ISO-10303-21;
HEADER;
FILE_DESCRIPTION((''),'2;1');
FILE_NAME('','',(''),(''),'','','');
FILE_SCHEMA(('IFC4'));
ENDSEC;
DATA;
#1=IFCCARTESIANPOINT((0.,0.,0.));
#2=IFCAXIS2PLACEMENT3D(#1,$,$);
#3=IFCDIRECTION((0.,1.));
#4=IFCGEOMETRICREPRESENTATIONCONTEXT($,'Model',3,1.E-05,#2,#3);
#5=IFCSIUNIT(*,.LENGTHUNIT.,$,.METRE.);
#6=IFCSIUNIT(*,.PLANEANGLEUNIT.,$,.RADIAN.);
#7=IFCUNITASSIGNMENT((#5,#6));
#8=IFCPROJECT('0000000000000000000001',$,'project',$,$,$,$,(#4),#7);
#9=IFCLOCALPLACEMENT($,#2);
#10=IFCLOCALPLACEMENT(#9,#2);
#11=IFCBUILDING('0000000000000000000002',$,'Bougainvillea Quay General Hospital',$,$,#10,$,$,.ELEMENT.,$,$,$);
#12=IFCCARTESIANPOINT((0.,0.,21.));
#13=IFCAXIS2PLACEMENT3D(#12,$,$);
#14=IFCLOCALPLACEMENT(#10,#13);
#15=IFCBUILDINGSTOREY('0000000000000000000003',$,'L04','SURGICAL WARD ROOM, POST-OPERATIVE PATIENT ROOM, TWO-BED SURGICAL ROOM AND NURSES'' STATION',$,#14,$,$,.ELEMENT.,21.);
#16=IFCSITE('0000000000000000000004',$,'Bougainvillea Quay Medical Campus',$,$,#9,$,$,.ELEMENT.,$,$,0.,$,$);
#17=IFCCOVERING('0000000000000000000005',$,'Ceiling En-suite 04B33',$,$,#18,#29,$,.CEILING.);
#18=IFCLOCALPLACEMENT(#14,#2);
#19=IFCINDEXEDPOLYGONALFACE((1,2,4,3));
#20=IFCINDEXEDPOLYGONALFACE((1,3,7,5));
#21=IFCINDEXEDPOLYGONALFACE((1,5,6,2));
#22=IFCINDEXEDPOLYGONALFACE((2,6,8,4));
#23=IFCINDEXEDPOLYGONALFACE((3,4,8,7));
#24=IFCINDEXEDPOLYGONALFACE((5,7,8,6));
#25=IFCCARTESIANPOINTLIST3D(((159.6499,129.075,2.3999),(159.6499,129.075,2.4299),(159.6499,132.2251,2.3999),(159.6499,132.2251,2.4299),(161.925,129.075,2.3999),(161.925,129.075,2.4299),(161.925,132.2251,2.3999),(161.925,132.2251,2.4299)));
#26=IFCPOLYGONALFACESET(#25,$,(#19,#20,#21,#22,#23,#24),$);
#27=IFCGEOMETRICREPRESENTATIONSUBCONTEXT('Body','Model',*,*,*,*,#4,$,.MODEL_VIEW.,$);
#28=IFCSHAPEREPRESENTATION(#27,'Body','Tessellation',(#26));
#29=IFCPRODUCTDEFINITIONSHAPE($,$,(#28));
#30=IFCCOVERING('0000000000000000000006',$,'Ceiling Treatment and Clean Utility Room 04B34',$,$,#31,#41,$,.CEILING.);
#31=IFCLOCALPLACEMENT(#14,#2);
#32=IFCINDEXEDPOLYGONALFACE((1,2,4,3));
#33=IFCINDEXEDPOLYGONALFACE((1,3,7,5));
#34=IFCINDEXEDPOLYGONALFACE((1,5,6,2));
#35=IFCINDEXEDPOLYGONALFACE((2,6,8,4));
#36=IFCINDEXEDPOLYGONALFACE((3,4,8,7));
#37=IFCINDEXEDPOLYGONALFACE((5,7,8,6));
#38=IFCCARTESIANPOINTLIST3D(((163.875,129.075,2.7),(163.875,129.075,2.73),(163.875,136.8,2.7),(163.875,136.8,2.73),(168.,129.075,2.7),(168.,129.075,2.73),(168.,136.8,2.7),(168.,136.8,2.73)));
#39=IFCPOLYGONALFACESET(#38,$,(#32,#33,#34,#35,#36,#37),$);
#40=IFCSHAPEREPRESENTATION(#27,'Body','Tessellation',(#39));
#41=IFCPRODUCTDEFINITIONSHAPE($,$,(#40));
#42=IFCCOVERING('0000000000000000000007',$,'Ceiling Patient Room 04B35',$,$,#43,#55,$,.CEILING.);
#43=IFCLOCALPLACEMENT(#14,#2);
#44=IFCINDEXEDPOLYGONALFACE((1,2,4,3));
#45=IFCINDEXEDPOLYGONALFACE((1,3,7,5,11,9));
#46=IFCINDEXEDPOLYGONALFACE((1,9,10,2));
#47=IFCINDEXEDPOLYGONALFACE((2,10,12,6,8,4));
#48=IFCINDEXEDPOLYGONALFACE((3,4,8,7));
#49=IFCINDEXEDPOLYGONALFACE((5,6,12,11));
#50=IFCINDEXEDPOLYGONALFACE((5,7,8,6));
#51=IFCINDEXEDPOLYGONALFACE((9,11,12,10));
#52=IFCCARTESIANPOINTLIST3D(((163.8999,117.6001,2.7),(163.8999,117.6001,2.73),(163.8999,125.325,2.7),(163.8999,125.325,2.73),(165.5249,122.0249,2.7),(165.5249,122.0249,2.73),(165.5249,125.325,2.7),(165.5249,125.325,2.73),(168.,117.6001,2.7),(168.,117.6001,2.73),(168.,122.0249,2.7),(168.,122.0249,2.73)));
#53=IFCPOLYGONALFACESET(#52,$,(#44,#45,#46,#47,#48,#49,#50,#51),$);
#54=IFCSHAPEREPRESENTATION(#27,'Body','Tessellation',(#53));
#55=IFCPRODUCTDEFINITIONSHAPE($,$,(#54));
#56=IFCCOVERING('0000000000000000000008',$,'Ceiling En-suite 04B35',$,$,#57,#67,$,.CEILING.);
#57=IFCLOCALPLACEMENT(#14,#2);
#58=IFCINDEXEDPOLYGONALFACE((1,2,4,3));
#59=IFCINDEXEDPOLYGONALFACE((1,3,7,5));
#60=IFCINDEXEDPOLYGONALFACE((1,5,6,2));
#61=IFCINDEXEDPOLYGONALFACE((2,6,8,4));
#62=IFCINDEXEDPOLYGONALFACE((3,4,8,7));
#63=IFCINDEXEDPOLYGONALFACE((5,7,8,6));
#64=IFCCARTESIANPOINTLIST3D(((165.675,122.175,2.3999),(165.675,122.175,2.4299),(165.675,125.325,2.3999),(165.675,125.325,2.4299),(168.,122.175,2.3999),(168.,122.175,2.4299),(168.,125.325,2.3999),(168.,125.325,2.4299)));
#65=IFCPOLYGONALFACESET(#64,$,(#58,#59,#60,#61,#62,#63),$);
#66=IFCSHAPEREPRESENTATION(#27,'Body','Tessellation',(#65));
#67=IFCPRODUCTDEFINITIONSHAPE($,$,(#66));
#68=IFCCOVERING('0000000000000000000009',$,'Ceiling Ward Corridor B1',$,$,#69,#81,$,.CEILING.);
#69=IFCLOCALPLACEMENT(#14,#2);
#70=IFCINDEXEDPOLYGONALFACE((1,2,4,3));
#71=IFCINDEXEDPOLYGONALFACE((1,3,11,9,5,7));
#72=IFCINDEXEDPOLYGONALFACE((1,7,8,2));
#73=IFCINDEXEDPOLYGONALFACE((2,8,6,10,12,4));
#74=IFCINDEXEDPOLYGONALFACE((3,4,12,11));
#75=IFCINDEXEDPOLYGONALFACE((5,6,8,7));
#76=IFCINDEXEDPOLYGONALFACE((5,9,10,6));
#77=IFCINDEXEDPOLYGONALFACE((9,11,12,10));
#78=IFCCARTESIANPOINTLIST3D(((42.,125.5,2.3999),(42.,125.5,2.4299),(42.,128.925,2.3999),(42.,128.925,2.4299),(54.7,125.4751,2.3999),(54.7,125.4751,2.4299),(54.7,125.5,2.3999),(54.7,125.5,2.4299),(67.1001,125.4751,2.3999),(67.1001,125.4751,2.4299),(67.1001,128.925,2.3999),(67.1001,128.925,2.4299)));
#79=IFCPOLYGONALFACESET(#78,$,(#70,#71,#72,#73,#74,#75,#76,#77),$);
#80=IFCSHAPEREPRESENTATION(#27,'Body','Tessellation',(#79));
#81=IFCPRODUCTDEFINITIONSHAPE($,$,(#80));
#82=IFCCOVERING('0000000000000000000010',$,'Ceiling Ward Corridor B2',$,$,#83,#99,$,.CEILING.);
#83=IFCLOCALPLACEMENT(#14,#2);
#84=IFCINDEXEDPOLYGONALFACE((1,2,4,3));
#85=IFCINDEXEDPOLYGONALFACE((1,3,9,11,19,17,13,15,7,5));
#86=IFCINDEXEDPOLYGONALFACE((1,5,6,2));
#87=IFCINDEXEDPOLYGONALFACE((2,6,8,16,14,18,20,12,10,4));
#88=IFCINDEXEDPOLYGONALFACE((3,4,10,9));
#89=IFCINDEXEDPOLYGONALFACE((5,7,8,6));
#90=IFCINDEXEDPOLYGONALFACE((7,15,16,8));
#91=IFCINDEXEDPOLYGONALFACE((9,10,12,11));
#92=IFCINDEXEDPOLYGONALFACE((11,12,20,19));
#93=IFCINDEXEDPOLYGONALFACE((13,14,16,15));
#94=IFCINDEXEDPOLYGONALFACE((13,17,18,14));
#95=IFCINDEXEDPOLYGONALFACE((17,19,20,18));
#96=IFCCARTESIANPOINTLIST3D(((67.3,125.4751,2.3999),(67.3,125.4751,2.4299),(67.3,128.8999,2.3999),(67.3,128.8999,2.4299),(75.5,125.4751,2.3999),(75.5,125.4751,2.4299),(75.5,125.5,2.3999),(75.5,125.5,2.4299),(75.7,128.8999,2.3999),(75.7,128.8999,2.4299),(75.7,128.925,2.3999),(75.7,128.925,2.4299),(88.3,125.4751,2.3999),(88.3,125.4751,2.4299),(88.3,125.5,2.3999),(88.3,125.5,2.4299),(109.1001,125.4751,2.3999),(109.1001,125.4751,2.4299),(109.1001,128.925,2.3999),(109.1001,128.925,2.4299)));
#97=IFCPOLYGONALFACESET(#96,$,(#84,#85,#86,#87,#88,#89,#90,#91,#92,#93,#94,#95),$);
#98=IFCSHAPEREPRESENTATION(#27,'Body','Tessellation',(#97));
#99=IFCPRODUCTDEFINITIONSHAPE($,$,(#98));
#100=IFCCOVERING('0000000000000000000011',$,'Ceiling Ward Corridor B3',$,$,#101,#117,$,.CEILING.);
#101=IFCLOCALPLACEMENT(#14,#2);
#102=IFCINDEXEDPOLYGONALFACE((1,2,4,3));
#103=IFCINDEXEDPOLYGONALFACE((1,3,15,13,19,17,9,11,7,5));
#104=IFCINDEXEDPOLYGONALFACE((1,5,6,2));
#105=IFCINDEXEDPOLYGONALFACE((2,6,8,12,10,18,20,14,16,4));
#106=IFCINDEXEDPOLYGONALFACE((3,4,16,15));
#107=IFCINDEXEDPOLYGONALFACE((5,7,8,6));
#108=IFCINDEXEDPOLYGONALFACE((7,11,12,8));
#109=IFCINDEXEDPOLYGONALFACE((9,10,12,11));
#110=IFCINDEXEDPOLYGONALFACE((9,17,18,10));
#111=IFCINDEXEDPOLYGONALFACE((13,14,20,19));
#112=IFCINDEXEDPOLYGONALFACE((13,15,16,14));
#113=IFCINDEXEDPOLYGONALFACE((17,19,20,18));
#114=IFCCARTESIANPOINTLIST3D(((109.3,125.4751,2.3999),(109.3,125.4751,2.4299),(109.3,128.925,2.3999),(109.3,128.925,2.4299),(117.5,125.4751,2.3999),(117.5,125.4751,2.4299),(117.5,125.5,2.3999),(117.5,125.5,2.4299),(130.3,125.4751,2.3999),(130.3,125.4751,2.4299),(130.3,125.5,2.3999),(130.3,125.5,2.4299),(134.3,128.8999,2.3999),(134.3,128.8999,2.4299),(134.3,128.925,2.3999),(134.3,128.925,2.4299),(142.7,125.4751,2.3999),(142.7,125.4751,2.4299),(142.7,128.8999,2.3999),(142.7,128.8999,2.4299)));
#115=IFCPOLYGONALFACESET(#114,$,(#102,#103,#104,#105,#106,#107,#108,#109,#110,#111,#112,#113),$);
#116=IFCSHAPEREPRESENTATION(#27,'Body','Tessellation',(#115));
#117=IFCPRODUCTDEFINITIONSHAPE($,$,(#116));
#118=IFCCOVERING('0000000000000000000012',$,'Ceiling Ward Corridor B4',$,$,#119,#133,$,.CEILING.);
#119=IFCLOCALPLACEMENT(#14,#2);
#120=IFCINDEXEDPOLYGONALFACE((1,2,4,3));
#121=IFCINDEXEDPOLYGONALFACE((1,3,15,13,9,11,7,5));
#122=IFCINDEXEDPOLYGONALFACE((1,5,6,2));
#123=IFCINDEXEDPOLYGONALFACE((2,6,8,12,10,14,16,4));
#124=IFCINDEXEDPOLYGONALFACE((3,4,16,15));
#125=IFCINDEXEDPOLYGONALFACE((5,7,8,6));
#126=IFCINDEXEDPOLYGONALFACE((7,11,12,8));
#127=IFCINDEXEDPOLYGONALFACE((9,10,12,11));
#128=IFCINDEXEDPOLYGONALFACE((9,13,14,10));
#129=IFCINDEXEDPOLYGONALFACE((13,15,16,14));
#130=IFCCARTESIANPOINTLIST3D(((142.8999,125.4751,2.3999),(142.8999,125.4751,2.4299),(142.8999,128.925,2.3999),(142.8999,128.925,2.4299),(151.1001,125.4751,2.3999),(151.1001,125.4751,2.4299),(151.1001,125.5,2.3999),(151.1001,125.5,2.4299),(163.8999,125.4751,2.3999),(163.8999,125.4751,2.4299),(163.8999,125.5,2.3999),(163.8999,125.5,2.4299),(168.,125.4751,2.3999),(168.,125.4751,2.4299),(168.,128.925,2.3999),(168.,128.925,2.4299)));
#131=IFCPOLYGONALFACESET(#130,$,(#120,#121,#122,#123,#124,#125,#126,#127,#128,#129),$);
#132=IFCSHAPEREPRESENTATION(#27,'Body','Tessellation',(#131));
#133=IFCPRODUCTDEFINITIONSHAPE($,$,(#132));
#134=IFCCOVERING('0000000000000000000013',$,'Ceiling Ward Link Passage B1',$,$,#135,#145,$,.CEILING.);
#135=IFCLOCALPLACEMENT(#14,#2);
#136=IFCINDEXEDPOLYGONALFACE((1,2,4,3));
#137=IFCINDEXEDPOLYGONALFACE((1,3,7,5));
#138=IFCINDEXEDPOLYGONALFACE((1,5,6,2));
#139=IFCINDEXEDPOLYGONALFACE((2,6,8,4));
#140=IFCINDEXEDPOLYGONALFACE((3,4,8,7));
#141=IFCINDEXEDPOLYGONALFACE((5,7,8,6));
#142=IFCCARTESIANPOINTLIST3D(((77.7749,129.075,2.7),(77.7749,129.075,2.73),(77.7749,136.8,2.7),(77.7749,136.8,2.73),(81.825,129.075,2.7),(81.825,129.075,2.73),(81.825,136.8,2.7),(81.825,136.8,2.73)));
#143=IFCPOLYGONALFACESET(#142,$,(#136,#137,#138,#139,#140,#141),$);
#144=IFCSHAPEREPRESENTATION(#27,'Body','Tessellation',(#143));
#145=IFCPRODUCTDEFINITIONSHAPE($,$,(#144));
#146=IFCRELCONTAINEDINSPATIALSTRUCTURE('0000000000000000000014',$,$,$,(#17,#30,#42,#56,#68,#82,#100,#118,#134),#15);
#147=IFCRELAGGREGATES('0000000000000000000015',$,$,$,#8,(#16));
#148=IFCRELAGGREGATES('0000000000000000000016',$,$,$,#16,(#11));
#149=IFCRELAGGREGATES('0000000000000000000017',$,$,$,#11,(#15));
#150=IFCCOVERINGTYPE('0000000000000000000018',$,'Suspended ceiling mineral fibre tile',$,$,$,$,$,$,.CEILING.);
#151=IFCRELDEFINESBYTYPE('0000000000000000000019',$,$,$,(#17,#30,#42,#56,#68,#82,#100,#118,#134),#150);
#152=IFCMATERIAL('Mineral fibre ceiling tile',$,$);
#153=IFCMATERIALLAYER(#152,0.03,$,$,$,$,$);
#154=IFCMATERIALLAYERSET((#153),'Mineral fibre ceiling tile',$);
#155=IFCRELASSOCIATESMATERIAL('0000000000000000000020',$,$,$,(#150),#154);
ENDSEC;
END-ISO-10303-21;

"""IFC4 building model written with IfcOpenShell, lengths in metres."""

from ifc_helpers import new_model, si_unit, direction, frame, origin, place, context, subcontext, project, spatial, polyline, outline, extrude, material, layer, layer_set, type_object, element, save


model = new_model("IFC4")

# Units and contexts
model_context = context("Model", 3, precision=1e-05, world=origin(), true_north=direction((0.0, 1.0)))
body_context = subcontext(model_context, "Body", "Model", "MODEL_VIEW")
ifc_project = project(units=[si_unit("LENGTHUNIT", "METRE"), si_unit("PLANEANGLEUNIT", "RADIAN")], contexts=[model_context])

# Site, building, storey
site_placement = place(None, origin())
site = spatial("IfcSite", under=ifc_project, at=site_placement, Name="Bougainvillea Quay Medical Campus", CompositionType="ELEMENT", RefElevation=0.0)
building_placement = place(site_placement, origin())
building = spatial("IfcBuilding", under=site, at=building_placement, Name="Bougainvillea Quay General Hospital", CompositionType="ELEMENT")
storey_placement = place(building_placement, frame((0.0, 0.0, 21.0)))
storey = spatial("IfcBuildingStorey", under=building, at=storey_placement, Name="L04", Description="SURGICAL WARD ROOM, POST-OPERATIVE PATIENT ROOM, TWO-BED SURGICAL ROOM AND NURSES' STATION", CompositionType="ELEMENT", Elevation=21.0)

# Coverings
ifc_material_1 = material(Name="Mineral fibre ceiling tile")
ifc_layer_1 = layer(ifc_material_1, 0.03)
ifc_layer_set_1 = layer_set([ifc_layer_1], Name="Mineral fibre ceiling tile")
covering_type = type_object("IfcCoveringType", Name="Suspended ceiling mineral fibre tile", PredefinedType="CEILING", material=ifc_layer_set_1)
covering_1_placement = place(storey_placement, frame((0.0, 0.0, 2.3999)))
element("IfcCovering", 1, at=covering_1_placement, inside=storey, type_object=covering_type, Name="Ceiling En-suite 04B33", PredefinedType="CEILING", context=body_context, shape_type="SweptSolid", body=[
    extrude(outline(polyline([(161.925, 132.2251), (159.6499, 132.2251), (159.6499, 129.075), (161.925, 129.075), (161.925, 132.2251)])), origin(), (0.0, 0.0, 1.0), 0.03),
])
covering_2_placement = place(storey_placement, frame((0.0, 0.0, 2.7)))
element("IfcCovering", 2, at=covering_2_placement, inside=storey, type_object=covering_type, Name="Ceiling Treatment and Clean Utility Room 04B34", PredefinedType="CEILING", context=body_context, shape_type="SweptSolid", body=[
    extrude(outline(polyline([(163.875, 136.8), (163.875, 129.075), (168.0, 129.075), (168.0, 136.8), (163.875, 136.8)])), origin(), (0.0, 0.0, 1.0), 0.03),
])
covering_3_placement = place(storey_placement, frame((0.0, 0.0, 2.7)))
element("IfcCovering", 3, at=covering_3_placement, inside=storey, type_object=covering_type, Name="Ceiling Patient Room 04B35", PredefinedType="CEILING", context=body_context, shape_type="SweptSolid", body=[
    extrude(outline(polyline([(168.0, 117.6001), (168.0, 122.0249), (165.5249, 122.0249), (165.5249, 125.325), (163.8999, 125.325), (163.8999, 117.6001), (168.0, 117.6001)])), origin(), (0.0, 0.0, 1.0), 0.03),
])
covering_4_placement = place(storey_placement, frame((0.0, 0.0, 2.3999)))
element("IfcCovering", 4, at=covering_4_placement, inside=storey, type_object=covering_type, Name="Ceiling En-suite 04B35", PredefinedType="CEILING", context=body_context, shape_type="SweptSolid", body=[
    extrude(outline(polyline([(168.0, 125.325), (165.675, 125.325), (165.675, 122.175), (168.0, 122.175), (168.0, 125.325)])), origin(), (0.0, 0.0, 1.0), 0.03),
])
covering_5_placement = place(storey_placement, frame((0.0, 0.0, 2.3999)))
element("IfcCovering", 5, at=covering_5_placement, inside=storey, type_object=covering_type, Name="Ceiling Ward Corridor B1", PredefinedType="CEILING", context=body_context, shape_type="SweptSolid", body=[
    extrude(outline(polyline([(42.0, 125.5), (54.7, 125.5), (54.7, 125.4751), (67.1001, 125.4751), (67.1001, 128.925), (42.0, 128.925), (42.0, 125.5)])), origin(), (0.0, 0.0, 1.0), 0.03),
])
covering_6_placement = place(storey_placement, frame((0.0, 0.0, 2.3999)))
element("IfcCovering", 6, at=covering_6_placement, inside=storey, type_object=covering_type, Name="Ceiling Ward Corridor B2", PredefinedType="CEILING", context=body_context, shape_type="SweptSolid", body=[
    extrude(outline(polyline([(75.7, 128.8999), (67.3, 128.8999), (67.3, 125.4751), (75.5, 125.4751), (75.5, 125.5), (88.3, 125.5), (88.3, 125.4751), (109.1001, 125.4751), (109.1001, 128.925), (75.7, 128.925), (75.7, 128.8999)])), origin(), (0.0, 0.0, 1.0), 0.03),
])
covering_7_placement = place(storey_placement, frame((0.0, 0.0, 2.3999)))
element("IfcCovering", 7, at=covering_7_placement, inside=storey, type_object=covering_type, Name="Ceiling Ward Corridor B3", PredefinedType="CEILING", context=body_context, shape_type="SweptSolid", body=[
    extrude(outline(polyline([(109.3, 125.4751), (117.5, 125.4751), (117.5, 125.5), (130.3, 125.5), (130.3, 125.4751), (142.7, 125.4751), (142.7, 128.8999), (134.3, 128.8999), (134.3, 128.925), (109.3, 128.925), (109.3, 125.4751)])), origin(), (0.0, 0.0, 1.0), 0.03),
])
covering_8_placement = place(storey_placement, frame((0.0, 0.0, 2.3999)))
element("IfcCovering", 8, at=covering_8_placement, inside=storey, type_object=covering_type, Name="Ceiling Ward Corridor B4", PredefinedType="CEILING", context=body_context, shape_type="SweptSolid", body=[
    extrude(outline(polyline([(168.0, 128.925), (142.8999, 128.925), (142.8999, 125.4751), (151.1001, 125.4751), (151.1001, 125.5), (163.8999, 125.5), (163.8999, 125.4751), (168.0, 125.4751), (168.0, 128.925)])), origin(), (0.0, 0.0, 1.0), 0.03),
])
covering_9_placement = place(storey_placement, frame((0.0, 0.0, 2.7)))
element("IfcCovering", 9, at=covering_9_placement, inside=storey, type_object=covering_type, Name="Ceiling Ward Link Passage B1", PredefinedType="CEILING", context=body_context, shape_type="SweptSolid", body=[
    extrude(outline(polyline([(77.7749, 136.8), (77.7749, 129.075), (81.825, 129.075), (81.825, 136.8), (77.7749, 136.8)])), origin(), (0.0, 0.0, 1.0), 0.03),
])

save(model, "model.ifc")
